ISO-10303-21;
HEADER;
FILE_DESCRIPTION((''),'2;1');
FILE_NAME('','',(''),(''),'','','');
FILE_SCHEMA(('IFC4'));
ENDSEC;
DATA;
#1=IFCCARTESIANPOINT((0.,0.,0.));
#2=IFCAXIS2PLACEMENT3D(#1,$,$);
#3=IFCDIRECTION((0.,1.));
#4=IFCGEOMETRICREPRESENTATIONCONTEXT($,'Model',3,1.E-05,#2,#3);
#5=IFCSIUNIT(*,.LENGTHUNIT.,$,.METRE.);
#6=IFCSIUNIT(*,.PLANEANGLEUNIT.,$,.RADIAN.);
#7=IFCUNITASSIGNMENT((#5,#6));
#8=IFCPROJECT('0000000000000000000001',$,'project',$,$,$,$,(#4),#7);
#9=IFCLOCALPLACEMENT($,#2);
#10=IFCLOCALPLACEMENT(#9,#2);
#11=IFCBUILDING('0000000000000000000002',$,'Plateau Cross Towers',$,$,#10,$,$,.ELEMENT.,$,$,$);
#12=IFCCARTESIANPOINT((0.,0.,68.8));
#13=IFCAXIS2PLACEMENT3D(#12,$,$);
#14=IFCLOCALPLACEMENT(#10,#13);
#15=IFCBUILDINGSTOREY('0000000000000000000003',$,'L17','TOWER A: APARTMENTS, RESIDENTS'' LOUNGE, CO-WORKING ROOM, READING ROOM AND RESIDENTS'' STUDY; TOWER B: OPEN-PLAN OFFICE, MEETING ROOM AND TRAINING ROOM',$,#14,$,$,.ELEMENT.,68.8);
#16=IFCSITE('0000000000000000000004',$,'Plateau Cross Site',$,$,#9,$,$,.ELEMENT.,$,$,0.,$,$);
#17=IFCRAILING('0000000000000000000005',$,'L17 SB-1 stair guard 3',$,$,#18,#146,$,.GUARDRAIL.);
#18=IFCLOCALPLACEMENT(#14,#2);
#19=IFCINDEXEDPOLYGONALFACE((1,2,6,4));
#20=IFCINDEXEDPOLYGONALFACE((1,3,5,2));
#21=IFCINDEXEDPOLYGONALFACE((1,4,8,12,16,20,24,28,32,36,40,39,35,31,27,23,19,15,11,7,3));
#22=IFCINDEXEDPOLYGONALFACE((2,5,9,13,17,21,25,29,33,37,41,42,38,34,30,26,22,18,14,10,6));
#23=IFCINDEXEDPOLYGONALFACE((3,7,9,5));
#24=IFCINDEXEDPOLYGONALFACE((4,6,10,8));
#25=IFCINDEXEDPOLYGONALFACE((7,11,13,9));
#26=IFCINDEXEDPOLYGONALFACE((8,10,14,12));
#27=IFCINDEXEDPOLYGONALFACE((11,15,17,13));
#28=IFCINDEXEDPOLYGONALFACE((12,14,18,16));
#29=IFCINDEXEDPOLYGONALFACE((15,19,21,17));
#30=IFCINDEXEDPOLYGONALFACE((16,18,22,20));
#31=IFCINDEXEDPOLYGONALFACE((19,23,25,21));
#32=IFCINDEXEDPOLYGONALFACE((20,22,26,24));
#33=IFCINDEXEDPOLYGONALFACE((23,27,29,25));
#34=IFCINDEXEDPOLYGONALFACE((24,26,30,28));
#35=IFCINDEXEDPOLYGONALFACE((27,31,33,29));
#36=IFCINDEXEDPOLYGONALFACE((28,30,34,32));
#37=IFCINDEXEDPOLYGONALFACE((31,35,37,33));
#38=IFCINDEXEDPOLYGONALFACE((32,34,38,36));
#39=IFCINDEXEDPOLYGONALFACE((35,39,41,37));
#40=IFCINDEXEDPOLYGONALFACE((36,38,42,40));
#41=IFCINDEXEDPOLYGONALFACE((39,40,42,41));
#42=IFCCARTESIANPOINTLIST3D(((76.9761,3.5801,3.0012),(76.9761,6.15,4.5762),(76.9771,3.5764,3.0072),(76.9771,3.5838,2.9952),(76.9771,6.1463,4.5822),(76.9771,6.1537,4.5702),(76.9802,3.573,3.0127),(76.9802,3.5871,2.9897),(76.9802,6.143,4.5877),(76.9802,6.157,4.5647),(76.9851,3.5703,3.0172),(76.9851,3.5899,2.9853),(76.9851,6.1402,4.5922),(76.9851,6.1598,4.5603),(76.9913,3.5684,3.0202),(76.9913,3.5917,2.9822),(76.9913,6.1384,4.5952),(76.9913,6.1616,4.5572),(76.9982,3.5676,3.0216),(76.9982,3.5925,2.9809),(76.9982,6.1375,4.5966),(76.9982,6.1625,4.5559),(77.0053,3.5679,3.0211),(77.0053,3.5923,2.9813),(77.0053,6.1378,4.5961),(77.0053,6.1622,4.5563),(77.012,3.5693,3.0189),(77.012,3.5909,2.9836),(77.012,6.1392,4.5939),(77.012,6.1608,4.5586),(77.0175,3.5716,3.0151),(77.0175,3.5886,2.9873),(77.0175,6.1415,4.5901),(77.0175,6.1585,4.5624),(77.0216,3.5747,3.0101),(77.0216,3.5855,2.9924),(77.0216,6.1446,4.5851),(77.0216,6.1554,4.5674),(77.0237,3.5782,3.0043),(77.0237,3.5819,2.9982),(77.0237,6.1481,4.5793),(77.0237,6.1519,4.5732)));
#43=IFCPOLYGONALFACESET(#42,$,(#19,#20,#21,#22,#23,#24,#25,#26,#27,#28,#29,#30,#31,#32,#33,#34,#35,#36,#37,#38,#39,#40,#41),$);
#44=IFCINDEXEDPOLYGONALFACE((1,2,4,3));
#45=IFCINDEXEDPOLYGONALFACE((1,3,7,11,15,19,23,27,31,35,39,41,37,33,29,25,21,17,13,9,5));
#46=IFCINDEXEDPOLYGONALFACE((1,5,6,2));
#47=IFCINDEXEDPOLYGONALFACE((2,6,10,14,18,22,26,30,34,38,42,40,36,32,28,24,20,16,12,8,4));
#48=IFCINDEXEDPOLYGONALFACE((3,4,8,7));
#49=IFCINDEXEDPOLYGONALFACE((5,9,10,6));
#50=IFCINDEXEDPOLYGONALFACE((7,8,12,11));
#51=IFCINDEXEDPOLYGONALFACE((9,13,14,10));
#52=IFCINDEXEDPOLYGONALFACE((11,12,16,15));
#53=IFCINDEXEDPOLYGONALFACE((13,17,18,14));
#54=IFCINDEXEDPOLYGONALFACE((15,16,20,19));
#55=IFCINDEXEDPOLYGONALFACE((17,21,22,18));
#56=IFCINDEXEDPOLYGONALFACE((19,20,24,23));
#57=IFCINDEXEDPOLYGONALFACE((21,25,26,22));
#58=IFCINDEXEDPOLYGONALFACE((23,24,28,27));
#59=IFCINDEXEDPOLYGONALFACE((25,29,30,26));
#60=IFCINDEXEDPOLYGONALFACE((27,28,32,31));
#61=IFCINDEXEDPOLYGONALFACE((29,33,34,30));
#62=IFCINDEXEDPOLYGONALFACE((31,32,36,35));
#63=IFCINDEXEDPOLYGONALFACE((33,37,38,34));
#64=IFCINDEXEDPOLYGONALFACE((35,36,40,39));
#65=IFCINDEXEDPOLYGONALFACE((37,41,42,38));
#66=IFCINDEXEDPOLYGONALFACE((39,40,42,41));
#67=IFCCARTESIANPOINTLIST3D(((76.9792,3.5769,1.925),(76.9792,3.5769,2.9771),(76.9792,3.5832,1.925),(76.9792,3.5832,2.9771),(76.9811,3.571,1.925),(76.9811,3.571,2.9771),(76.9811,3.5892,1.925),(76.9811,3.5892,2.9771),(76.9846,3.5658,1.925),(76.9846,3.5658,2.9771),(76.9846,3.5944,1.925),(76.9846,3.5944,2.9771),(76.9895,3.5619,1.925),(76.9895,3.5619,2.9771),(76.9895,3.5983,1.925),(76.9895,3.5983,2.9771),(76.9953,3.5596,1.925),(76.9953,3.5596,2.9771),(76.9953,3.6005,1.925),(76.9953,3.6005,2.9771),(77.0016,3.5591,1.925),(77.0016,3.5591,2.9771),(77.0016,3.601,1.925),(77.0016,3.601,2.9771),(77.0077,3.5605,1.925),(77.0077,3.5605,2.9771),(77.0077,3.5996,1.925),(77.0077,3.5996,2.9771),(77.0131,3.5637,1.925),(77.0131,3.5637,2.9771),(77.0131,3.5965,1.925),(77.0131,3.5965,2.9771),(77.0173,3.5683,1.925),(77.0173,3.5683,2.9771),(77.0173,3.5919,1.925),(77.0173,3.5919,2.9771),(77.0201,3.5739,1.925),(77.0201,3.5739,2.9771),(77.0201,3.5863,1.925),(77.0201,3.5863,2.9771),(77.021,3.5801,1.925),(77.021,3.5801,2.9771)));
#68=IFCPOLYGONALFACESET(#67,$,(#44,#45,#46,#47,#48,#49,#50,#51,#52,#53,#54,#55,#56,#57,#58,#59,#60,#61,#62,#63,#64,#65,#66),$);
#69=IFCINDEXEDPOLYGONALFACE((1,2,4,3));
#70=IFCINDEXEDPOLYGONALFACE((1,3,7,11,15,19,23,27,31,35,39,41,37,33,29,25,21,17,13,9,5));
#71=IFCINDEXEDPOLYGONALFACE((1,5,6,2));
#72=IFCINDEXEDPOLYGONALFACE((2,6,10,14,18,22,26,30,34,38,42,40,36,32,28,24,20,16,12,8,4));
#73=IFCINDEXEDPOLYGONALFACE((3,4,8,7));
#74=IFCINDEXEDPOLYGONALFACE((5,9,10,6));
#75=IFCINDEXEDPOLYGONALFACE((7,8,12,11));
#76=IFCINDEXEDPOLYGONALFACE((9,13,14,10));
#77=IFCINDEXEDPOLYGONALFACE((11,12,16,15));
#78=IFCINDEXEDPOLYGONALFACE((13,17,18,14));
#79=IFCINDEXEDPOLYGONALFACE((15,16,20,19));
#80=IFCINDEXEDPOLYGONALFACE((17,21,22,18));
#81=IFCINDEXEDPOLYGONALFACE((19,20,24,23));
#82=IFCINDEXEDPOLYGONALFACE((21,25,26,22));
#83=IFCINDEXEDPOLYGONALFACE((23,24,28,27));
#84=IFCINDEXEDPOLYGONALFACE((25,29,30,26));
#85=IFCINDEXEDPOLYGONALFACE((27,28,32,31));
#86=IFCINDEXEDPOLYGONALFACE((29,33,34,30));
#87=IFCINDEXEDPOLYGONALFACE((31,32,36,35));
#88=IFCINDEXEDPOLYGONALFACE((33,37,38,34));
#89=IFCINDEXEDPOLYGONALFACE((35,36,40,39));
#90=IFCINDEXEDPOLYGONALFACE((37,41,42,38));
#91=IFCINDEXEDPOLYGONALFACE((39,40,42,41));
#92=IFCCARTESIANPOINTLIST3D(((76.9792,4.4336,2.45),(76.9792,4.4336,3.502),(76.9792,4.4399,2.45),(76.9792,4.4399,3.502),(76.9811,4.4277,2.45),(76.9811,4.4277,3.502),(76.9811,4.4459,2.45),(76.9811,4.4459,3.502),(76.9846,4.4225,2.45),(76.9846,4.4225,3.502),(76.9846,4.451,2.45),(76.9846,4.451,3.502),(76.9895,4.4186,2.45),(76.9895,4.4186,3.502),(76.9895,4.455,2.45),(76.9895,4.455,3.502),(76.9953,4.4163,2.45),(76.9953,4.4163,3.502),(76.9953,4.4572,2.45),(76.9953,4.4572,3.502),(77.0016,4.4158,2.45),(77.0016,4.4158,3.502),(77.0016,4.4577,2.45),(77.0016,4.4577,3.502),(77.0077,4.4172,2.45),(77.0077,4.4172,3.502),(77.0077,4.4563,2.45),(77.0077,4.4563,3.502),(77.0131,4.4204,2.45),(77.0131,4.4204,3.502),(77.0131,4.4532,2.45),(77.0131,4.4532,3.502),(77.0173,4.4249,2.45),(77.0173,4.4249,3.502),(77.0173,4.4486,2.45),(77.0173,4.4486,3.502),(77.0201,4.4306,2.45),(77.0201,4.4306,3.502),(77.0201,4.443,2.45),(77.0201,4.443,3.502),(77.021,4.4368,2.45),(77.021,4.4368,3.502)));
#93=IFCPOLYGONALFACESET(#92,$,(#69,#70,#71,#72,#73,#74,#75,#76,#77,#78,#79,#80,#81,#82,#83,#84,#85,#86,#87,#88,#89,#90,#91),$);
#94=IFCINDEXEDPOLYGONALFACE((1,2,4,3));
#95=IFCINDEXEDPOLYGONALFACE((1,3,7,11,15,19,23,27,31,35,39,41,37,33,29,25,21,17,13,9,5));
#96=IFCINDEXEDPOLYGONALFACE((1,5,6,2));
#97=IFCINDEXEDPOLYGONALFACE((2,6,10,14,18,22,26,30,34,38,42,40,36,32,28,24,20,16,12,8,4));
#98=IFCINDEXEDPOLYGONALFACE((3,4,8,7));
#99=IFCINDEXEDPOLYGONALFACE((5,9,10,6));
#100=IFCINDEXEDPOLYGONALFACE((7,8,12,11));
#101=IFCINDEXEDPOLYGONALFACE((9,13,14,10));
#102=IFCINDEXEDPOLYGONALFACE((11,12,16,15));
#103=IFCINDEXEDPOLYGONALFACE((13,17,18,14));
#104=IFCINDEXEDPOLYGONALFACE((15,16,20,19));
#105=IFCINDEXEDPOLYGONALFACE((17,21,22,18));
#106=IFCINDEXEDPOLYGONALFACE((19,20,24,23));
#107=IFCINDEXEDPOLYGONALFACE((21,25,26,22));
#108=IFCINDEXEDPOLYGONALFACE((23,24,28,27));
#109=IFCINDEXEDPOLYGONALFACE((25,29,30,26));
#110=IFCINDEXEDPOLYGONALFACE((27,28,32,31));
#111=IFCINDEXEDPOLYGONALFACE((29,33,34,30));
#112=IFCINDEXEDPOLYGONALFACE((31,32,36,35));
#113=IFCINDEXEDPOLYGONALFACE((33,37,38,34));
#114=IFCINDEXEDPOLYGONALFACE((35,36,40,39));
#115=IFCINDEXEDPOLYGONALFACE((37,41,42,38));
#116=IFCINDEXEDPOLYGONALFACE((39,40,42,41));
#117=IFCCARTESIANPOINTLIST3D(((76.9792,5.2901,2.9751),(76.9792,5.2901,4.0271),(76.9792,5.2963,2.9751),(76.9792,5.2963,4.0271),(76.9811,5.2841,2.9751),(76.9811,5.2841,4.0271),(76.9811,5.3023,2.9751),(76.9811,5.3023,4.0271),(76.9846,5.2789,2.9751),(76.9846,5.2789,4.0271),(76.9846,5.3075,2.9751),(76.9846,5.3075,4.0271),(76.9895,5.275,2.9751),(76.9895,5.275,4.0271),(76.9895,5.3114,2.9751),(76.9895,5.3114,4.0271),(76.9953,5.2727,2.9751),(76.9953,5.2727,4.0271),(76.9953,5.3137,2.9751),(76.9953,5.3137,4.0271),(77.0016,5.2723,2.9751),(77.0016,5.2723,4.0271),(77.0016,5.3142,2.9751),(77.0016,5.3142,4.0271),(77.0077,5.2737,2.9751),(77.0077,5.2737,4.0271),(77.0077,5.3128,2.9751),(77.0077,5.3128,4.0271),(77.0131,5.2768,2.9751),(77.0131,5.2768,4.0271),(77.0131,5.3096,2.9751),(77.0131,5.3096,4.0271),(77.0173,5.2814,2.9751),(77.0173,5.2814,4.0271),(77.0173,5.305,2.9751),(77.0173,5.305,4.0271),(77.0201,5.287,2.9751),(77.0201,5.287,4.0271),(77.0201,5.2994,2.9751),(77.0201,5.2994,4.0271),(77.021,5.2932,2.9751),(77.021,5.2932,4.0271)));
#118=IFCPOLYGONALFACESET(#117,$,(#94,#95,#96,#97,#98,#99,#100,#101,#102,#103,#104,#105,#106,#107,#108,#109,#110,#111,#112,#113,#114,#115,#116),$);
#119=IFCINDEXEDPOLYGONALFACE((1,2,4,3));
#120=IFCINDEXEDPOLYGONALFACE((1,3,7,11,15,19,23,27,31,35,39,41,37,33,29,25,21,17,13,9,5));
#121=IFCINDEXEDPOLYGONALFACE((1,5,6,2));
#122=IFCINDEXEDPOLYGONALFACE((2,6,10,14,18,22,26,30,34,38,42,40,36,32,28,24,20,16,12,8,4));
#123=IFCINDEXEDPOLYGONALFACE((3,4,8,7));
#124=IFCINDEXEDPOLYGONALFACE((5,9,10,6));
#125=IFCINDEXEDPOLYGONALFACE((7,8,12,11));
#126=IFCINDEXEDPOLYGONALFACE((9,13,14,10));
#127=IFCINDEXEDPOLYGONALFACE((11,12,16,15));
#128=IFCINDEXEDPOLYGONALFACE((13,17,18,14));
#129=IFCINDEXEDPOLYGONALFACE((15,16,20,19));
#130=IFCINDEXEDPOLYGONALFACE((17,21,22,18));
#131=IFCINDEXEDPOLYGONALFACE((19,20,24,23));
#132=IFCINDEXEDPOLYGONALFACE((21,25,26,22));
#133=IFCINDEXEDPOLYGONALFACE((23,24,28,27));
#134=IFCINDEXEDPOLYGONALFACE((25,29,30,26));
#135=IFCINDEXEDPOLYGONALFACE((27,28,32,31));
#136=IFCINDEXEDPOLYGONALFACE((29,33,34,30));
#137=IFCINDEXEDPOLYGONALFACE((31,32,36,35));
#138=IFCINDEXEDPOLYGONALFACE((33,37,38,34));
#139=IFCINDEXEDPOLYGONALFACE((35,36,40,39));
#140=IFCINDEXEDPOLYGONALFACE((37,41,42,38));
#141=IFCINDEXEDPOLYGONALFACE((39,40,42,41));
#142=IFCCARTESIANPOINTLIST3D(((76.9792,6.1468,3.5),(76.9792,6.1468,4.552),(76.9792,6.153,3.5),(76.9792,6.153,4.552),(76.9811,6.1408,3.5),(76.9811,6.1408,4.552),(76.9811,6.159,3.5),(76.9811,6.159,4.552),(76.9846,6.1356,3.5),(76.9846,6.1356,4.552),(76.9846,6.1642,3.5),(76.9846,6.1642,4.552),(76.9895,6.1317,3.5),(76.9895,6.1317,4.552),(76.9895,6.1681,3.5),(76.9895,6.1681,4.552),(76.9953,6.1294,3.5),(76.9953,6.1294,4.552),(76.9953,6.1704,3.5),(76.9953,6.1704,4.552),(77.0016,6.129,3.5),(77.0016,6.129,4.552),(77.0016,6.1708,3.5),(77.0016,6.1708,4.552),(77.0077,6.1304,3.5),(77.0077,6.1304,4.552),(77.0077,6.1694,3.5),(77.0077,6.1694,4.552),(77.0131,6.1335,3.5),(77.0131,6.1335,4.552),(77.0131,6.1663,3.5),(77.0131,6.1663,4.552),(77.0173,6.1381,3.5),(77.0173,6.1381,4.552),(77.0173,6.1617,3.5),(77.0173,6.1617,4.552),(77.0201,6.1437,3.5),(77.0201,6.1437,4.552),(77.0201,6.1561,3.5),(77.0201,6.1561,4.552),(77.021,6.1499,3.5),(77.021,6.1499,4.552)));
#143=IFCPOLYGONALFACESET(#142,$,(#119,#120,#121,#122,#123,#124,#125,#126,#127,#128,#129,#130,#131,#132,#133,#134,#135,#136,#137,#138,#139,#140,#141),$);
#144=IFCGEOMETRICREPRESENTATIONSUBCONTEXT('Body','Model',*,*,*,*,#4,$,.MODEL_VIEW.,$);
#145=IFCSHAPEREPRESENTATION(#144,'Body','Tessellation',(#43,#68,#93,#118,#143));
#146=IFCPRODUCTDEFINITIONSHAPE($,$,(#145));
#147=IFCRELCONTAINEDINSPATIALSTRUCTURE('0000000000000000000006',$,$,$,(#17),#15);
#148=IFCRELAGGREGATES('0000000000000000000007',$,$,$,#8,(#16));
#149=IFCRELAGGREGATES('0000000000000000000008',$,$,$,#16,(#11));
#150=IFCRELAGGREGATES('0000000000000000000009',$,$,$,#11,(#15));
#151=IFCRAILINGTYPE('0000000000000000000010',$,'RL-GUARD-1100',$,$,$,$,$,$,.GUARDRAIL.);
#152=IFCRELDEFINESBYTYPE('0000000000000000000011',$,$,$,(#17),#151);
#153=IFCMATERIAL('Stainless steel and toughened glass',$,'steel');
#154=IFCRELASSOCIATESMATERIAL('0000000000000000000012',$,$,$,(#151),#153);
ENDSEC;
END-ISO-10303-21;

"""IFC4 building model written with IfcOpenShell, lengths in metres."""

from ifc_helpers import new_model, si_unit, direction, frame, origin, origin_2d, place, context, subcontext, project, spatial, circle, extrude, material, type_object, element, save


model = new_model("IFC4")

# Units and contexts
model_context = context("Model", 3, precision=1e-05, world=origin(), true_north=direction((0.0, 1.0)))
body_context = subcontext(model_context, "Body", "Model", "MODEL_VIEW")
ifc_project = project(units=[si_unit("LENGTHUNIT", "METRE"), si_unit("PLANEANGLEUNIT", "RADIAN")], contexts=[model_context])

# Site, building, storey
site_placement = place(None, origin())
site = spatial("IfcSite", under=ifc_project, at=site_placement, Name="Plateau Cross Site", CompositionType="ELEMENT", RefElevation=0.0)
building_placement = place(site_placement, origin())
building = spatial("IfcBuilding", under=site, at=building_placement, Name="Plateau Cross Towers", CompositionType="ELEMENT")
storey_placement = place(building_placement, frame((0.0, 0.0, 68.8)))
storey = spatial("IfcBuildingStorey", under=building, at=storey_placement, Name="L17", Description="TOWER A: APARTMENTS, RESIDENTS' LOUNGE, CO-WORKING ROOM, READING ROOM AND RESIDENTS' STUDY; TOWER B: OPEN-PLAN OFFICE, MEETING ROOM AND TRAINING ROOM", CompositionType="ELEMENT", Elevation=68.8)

# Railing
ifc_material_1 = material(Name="Stainless steel and toughened glass", Category="steel")
railing_type_1 = type_object("IfcRailingType", Name="RL-GUARD-1100", PredefinedType="GUARDRAIL", material=ifc_material_1)
railing_1_placement = place(storey_placement, frame((77.0, 3.5801, 1.925)))
element("IfcRailing", 1, at=railing_1_placement, inside=storey, type_object=railing_type_1, Name="L17 SB-1 stair guard 3", PredefinedType="GUARDRAIL", context=body_context, shape_type="SweptSolid", body=[
    extrude(circle(Radius=0.0239, at=origin_2d()), frame((0.0, 0.0, 1.0762), z_axis=(0.0, 0.852616, 0.522537), x_axis=(-1.0, 0.0, 0.0)), (0.0, 0.0, 1.0), 3.0142),
    extrude(circle(Radius=0.021, at=origin_2d()), origin(), (0.0, 0.0, 1.0), 1.052),
    extrude(circle(Radius=0.021, at=origin_2d()), frame((0.0, 0.8567, 0.5249)), (0.0, 0.0, 1.0), 1.052),
    extrude(circle(Radius=0.021, at=origin_2d()), frame((0.0, 1.7131, 1.05)), (0.0, 0.0, 1.0), 1.052),
    extrude(circle(Radius=0.021, at=origin_2d()), frame((0.0, 2.5698, 1.575)), (0.0, 0.0, 1.0), 1.052),
])

save(model, "model.ifc")
